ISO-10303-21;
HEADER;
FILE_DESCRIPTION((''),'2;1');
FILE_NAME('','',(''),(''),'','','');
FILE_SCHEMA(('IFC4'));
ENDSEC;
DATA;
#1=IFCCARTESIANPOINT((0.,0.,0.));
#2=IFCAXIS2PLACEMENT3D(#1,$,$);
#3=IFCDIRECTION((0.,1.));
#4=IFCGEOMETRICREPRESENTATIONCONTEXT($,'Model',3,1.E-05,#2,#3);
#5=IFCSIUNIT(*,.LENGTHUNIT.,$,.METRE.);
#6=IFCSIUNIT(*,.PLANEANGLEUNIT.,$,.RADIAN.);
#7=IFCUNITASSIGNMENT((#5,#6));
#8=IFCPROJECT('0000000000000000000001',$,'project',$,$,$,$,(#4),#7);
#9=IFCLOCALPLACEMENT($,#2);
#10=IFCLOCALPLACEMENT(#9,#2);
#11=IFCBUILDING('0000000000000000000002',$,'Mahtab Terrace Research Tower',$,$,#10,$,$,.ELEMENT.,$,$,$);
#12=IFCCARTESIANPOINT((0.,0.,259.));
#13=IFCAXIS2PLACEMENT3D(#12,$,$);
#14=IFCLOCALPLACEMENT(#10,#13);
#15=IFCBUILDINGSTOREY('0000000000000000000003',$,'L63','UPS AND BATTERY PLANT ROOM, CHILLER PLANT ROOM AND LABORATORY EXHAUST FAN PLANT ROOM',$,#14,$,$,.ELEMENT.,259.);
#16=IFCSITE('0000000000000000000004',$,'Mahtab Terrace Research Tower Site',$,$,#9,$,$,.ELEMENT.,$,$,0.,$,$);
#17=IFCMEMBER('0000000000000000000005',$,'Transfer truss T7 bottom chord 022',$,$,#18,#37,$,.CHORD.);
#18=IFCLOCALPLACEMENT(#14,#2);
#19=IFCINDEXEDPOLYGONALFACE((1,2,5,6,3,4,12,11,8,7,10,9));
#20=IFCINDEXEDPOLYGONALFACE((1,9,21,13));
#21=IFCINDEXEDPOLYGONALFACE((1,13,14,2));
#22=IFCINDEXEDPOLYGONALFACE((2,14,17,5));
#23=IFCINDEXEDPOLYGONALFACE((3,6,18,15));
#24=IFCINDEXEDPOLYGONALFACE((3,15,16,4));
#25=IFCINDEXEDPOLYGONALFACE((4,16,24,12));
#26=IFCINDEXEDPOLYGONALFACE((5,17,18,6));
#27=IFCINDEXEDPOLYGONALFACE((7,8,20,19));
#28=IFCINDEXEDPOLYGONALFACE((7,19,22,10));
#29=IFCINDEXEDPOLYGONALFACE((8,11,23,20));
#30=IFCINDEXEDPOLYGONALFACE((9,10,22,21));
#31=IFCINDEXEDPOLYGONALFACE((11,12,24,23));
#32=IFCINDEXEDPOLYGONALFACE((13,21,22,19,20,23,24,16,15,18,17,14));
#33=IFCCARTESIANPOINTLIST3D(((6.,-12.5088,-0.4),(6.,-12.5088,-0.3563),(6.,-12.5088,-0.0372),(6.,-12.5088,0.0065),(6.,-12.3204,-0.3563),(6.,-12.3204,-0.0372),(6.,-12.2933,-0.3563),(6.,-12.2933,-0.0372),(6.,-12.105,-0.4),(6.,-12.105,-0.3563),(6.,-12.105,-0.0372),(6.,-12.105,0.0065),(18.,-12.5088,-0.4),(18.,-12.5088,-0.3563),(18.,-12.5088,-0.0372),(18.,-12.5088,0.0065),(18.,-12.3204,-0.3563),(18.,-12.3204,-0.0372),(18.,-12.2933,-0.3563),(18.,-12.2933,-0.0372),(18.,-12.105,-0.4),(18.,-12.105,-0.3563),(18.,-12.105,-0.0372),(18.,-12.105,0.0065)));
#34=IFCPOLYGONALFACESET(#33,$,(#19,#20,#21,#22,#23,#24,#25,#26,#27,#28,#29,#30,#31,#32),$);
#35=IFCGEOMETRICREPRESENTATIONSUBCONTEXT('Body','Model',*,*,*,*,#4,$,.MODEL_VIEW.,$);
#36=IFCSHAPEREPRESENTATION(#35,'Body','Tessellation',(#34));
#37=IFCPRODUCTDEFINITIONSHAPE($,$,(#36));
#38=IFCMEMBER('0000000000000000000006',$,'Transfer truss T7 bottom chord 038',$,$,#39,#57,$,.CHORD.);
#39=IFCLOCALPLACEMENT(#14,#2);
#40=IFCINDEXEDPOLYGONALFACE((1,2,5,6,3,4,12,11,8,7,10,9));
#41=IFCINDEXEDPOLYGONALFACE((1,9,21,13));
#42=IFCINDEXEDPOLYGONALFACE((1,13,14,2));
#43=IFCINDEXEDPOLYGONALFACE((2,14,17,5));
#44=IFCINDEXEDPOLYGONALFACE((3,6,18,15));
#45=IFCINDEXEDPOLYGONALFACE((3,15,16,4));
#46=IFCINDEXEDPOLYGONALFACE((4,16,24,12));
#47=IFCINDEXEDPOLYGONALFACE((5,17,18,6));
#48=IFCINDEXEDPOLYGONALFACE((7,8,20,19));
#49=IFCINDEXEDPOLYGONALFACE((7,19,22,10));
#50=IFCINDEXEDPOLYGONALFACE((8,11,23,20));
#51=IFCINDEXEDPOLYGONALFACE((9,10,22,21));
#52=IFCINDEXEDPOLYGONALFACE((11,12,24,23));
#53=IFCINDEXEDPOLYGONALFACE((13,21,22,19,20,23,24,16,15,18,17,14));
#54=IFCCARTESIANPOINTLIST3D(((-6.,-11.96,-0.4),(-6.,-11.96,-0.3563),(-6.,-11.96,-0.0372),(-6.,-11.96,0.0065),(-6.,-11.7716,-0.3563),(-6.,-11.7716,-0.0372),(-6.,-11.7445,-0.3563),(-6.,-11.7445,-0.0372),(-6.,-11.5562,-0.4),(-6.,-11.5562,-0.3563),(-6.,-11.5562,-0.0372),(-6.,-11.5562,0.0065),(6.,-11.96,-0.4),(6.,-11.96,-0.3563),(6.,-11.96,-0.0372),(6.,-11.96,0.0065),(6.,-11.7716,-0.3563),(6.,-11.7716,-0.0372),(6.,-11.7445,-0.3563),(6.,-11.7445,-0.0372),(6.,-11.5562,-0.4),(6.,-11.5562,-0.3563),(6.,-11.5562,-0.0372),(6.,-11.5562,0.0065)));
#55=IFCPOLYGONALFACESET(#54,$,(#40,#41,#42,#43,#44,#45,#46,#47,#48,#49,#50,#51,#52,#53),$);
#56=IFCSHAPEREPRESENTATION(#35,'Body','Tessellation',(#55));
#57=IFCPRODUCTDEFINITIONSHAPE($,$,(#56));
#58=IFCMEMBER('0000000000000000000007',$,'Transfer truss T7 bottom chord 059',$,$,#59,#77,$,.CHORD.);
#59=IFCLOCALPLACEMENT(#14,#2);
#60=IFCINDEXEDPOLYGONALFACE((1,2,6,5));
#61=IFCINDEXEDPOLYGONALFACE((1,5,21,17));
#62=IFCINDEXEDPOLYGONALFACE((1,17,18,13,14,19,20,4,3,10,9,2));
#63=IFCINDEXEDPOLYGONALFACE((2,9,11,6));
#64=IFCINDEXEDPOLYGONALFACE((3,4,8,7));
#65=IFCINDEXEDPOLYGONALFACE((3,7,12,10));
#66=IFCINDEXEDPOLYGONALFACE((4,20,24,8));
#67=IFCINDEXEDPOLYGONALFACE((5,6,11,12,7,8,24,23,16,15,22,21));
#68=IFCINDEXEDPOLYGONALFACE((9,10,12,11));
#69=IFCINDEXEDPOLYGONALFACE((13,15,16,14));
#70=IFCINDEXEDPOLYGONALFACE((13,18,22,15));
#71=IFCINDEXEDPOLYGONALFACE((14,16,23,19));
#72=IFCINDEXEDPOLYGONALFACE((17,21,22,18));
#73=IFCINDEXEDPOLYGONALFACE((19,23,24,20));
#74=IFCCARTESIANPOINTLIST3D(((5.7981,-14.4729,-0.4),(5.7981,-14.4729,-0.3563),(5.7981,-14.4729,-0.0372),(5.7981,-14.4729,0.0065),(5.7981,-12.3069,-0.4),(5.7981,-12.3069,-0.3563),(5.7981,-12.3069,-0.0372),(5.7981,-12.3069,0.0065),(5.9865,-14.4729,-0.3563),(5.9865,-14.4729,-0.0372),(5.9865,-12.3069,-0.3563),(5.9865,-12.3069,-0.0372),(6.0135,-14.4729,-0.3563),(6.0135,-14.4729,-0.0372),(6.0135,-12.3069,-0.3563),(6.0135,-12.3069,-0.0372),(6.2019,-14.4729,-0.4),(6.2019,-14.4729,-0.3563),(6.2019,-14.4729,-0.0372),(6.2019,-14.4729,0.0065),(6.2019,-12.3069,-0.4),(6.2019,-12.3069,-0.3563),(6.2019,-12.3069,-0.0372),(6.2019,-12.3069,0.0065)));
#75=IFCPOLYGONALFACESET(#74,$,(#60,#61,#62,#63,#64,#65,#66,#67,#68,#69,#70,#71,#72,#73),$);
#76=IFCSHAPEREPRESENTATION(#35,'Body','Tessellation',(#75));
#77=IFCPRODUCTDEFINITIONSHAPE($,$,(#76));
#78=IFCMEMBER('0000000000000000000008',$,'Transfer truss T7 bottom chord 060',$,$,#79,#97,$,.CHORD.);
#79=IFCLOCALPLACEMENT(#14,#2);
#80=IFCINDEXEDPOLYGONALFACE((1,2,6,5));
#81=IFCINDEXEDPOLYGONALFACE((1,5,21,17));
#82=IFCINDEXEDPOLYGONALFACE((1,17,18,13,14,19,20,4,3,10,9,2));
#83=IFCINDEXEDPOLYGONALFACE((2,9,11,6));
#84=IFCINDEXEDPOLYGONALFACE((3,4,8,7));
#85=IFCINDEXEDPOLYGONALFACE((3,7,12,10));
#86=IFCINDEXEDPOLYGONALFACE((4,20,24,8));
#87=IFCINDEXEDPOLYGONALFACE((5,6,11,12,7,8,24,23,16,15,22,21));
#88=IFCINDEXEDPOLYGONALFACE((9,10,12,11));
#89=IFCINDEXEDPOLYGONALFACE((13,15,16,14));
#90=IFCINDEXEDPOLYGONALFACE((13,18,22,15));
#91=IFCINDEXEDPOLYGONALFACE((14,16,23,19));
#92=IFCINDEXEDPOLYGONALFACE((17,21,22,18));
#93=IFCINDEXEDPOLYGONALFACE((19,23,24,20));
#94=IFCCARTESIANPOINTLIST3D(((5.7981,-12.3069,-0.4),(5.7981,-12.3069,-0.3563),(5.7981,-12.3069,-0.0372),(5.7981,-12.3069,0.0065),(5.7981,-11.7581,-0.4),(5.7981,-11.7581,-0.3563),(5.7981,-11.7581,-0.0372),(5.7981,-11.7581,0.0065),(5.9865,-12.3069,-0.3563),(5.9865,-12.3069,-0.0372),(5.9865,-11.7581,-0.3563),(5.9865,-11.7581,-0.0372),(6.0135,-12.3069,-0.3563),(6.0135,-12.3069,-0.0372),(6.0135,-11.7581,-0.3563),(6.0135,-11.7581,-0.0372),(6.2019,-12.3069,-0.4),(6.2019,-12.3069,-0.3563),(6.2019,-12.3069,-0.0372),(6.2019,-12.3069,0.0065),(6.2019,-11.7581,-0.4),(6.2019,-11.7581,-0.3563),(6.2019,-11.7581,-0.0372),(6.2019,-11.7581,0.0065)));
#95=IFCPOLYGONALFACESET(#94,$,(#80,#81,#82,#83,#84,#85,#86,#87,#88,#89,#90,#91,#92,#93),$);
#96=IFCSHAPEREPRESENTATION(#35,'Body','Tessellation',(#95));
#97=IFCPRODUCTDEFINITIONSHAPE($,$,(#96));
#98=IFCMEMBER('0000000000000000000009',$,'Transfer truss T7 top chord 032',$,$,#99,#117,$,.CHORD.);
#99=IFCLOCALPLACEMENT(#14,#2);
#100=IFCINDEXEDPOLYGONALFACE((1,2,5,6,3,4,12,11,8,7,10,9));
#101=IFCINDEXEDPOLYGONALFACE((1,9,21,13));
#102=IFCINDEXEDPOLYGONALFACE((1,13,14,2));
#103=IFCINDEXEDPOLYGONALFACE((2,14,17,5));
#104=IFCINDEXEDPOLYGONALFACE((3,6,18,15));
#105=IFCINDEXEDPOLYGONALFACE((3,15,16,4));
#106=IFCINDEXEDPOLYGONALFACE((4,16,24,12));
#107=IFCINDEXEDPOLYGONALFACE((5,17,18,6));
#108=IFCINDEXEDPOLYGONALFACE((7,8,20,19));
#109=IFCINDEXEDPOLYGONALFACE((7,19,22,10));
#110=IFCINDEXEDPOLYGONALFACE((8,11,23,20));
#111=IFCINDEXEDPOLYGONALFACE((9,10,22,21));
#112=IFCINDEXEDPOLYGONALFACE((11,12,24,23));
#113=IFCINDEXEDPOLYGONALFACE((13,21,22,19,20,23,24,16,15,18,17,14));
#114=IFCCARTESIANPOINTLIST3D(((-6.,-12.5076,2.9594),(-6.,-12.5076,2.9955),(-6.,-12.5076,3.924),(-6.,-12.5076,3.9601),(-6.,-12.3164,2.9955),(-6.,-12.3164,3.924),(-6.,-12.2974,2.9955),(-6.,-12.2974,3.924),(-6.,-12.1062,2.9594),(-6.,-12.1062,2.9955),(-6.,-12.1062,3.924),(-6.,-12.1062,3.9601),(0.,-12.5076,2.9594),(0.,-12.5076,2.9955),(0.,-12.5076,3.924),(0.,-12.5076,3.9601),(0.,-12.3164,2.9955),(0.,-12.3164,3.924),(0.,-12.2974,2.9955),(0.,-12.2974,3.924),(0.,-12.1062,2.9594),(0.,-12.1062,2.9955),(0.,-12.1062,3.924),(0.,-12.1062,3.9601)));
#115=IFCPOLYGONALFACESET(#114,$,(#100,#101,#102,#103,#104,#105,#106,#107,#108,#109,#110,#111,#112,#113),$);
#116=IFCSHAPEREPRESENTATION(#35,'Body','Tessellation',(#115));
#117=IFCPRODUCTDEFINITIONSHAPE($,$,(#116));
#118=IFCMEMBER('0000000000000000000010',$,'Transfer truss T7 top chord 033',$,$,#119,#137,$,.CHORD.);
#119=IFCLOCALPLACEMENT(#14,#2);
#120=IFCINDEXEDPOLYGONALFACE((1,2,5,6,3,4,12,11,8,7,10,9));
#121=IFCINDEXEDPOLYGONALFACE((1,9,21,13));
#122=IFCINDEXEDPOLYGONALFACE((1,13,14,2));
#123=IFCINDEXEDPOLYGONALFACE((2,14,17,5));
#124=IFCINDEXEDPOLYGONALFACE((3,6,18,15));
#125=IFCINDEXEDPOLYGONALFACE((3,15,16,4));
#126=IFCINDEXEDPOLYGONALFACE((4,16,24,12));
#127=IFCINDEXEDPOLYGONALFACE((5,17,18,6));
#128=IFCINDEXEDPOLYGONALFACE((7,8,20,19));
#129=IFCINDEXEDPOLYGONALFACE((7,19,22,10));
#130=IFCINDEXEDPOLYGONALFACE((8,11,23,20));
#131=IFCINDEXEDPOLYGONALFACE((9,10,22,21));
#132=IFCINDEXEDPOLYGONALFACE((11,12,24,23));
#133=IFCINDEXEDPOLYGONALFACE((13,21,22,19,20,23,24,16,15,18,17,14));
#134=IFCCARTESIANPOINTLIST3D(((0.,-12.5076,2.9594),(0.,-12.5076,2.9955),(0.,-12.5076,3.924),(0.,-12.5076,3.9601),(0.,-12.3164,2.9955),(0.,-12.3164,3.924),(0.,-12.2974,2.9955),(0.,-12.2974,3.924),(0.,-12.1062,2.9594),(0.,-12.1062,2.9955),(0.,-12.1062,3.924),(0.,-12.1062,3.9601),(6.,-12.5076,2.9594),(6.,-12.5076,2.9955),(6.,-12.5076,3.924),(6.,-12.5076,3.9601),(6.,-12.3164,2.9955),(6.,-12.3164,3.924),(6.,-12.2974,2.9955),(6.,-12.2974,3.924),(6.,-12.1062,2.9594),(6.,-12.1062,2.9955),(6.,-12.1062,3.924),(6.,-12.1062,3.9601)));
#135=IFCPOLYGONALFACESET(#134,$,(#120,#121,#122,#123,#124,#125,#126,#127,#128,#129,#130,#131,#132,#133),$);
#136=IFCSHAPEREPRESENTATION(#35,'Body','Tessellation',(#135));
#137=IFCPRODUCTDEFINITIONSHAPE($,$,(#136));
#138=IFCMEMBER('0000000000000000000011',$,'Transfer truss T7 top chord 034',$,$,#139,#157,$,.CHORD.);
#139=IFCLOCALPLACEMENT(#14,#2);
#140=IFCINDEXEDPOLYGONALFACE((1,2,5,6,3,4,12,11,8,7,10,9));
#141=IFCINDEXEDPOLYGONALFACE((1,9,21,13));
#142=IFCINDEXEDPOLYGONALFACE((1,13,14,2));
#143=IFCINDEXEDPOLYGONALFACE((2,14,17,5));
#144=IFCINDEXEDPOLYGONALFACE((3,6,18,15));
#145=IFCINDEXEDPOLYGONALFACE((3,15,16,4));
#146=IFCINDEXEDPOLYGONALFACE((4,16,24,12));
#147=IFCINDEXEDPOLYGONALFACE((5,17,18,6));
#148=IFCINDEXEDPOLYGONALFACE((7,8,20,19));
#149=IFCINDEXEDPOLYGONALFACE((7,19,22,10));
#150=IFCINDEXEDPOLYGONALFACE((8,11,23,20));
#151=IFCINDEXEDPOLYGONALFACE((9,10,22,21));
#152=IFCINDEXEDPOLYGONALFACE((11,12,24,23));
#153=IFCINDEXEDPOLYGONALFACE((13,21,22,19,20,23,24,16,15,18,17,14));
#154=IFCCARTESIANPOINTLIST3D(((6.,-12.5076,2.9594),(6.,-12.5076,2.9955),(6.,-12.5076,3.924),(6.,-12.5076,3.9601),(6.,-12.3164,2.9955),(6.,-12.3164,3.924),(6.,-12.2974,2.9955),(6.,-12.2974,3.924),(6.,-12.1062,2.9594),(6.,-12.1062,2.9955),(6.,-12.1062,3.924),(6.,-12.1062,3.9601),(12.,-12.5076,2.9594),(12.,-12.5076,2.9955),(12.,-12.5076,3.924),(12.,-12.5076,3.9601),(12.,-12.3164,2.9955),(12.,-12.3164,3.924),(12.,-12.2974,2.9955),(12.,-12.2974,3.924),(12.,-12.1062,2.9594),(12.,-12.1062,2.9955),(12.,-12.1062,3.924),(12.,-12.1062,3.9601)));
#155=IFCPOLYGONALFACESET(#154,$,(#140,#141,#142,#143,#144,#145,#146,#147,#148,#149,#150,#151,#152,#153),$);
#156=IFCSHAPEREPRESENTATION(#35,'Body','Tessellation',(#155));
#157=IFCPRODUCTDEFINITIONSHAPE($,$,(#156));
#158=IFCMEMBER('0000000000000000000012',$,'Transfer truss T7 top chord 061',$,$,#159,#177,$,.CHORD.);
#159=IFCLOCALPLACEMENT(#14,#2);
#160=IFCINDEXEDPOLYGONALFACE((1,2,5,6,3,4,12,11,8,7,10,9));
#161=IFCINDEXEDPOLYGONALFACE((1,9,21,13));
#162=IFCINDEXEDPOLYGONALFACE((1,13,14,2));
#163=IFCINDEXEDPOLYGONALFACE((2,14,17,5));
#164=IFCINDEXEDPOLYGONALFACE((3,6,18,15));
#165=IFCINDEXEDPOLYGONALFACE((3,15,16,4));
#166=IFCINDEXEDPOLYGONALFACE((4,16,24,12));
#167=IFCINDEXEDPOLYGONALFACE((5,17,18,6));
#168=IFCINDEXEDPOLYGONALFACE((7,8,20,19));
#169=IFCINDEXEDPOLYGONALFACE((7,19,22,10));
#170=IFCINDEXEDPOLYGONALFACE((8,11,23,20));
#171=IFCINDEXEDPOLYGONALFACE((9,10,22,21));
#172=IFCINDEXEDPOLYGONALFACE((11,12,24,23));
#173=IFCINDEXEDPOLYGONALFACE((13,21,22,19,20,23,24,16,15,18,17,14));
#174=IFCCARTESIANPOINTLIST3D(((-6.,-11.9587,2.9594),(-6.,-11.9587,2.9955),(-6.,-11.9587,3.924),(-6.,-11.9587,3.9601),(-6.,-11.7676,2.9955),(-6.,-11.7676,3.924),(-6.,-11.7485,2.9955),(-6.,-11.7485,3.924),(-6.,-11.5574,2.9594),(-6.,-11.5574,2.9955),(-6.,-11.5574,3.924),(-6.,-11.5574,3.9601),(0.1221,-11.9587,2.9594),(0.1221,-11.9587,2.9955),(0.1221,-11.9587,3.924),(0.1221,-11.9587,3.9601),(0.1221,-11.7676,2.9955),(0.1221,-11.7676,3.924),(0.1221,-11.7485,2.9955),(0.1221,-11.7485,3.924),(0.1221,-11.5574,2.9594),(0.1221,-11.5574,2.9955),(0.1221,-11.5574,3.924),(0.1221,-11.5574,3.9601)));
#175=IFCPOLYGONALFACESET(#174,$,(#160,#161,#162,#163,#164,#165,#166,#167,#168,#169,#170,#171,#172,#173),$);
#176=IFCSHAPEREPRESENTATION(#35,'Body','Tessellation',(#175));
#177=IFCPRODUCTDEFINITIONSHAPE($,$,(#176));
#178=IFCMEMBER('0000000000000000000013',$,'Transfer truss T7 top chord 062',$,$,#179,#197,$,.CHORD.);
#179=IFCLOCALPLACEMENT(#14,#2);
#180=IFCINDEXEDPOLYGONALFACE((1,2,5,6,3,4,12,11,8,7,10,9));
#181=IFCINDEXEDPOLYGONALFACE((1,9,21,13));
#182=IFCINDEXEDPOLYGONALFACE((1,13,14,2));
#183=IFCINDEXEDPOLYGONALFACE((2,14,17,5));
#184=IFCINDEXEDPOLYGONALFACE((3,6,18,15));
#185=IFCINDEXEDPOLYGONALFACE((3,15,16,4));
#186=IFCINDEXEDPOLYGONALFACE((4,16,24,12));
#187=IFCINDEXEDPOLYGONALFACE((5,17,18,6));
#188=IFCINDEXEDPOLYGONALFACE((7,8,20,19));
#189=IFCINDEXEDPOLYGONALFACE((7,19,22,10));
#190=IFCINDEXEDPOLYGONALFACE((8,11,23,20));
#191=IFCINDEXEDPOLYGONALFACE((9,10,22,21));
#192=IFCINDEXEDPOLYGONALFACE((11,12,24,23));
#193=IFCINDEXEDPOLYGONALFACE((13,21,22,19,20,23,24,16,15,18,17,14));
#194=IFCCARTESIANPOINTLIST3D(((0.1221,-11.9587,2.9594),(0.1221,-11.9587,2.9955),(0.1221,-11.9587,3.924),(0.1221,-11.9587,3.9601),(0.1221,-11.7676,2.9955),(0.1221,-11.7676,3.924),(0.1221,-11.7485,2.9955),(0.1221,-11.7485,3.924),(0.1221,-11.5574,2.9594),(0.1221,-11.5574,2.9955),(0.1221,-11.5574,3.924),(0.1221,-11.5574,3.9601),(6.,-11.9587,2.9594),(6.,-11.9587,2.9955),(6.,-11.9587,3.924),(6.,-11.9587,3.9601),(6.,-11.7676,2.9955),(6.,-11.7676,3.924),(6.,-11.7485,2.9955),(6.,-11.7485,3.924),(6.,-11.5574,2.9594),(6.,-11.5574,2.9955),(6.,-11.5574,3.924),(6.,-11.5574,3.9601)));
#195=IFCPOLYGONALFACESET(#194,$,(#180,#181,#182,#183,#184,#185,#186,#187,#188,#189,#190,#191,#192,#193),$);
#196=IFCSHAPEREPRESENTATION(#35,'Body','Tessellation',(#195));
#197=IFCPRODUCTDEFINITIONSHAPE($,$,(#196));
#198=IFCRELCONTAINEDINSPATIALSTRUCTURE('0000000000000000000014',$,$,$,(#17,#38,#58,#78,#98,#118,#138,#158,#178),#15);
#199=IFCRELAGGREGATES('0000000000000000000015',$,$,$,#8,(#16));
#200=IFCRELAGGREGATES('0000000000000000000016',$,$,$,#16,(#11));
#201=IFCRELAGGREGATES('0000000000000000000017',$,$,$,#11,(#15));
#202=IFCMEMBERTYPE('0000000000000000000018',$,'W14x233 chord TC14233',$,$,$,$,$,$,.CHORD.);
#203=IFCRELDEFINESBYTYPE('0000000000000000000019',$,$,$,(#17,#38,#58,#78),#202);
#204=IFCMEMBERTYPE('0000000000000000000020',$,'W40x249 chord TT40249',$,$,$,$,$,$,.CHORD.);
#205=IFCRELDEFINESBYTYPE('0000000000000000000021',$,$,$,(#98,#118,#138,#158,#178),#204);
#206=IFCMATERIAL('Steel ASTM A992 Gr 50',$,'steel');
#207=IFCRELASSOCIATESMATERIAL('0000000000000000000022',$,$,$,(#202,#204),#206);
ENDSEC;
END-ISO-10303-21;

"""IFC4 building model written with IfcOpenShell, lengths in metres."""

from ifc_helpers import new_model, si_unit, direction, frame, origin, origin_2d, place, context, subcontext, project, spatial, i_section, extrude, material, material_profile, profile_set, type_object, element, save


model = new_model("IFC4")

# Units and contexts
model_context = context("Model", 3, precision=1e-05, world=origin(), true_north=direction((0.0, 1.0)))
body_context = subcontext(model_context, "Body", "Model", "MODEL_VIEW")
ifc_project = project(units=[si_unit("LENGTHUNIT", "METRE"), si_unit("PLANEANGLEUNIT", "RADIAN")], contexts=[model_context])

# Site, building, storey
site_placement = place(None, origin())
site = spatial("IfcSite", under=ifc_project, at=site_placement, Name="Mahtab Terrace Research Tower Site", CompositionType="ELEMENT", RefElevation=0.0)
building_placement = place(site_placement, origin())
building = spatial("IfcBuilding", under=site, at=building_placement, Name="Mahtab Terrace Research Tower", CompositionType="ELEMENT")
storey_placement = place(building_placement, frame((0.0, 0.0, 259.0)))
storey = spatial("IfcBuildingStorey", under=building, at=storey_placement, Name="L63", Description="UPS AND BATTERY PLANT ROOM, CHILLER PLANT ROOM AND LABORATORY EXHAUST FAN PLANT ROOM", CompositionType="ELEMENT", Elevation=259.0)

# Shared definitions
ifc_material_1 = material(Name="Steel ASTM A992 Gr 50", Category="steel")

# Members
ifc_material_profile_1 = material_profile(ifc_material_1, i_section(OverallWidth=0.4038, OverallDepth=0.4065, WebThickness=0.0271, FlangeThickness=0.0437, at=origin_2d()), Name="W14X233")
ifc_profile_set_1 = profile_set([ifc_material_profile_1], Name="Steel ASTM A992 Gr 50")
member_type_1 = type_object("IfcMemberType", Name="W14x233 chord TC14233", PredefinedType="CHORD", material=ifc_profile_set_1)
for number, where, z_axis, x_axis, name in (
    (1, (6.0, -12.3069, -0.1968), (1.0, 0.0, 0.0), (0.0, 1.0, 0.0), "Transfer truss T7 bottom chord 022"),
    (2, (-6.0, -11.7581, -0.1968), (1.0, 0.0, 0.0), (0.0, 1.0, 0.0), "Transfer truss T7 bottom chord 038"),
):
    element("IfcMember", number, at=place(storey_placement, frame(where, z_axis=z_axis, x_axis=x_axis)), inside=storey, type_object=member_type_1, Name=name, PredefinedType="CHORD", context=body_context, shape_type="SweptSolid", body=[
        extrude(i_section(OverallWidth=0.4038, OverallDepth=0.4065, WebThickness=0.0271, FlangeThickness=0.0437, at=origin_2d()), origin(), (0.0, 0.0, 1.0), 12.0),
    ])
member_1_placement = place(storey_placement, frame((6.0, -14.4729, -0.1968), z_axis=(0.0, 1.0, 0.0), x_axis=(-1.0, 0.0, 0.0)))
element("IfcMember", 3, at=member_1_placement, inside=storey, type_object=member_type_1, Name="Transfer truss T7 bottom chord 059", PredefinedType="CHORD", context=body_context, shape_type="SweptSolid", body=[
    extrude(i_section(OverallWidth=0.4038, OverallDepth=0.4065, WebThickness=0.0271, FlangeThickness=0.0437, at=origin_2d()), origin(), (0.0, 0.0, 1.0), 2.166),
])
member_2_placement = place(storey_placement, frame((6.0, -12.3069, -0.1968), z_axis=(0.0, 1.0, 0.0), x_axis=(-1.0, 0.0, 0.0)))
element("IfcMember", 4, at=member_2_placement, inside=storey, type_object=member_type_1, Name="Transfer truss T7 bottom chord 060", PredefinedType="CHORD", context=body_context, shape_type="SweptSolid", body=[
    extrude(i_section(OverallWidth=0.4038, OverallDepth=0.4065, WebThickness=0.0271, FlangeThickness=0.0437, at=origin_2d()), origin(), (0.0, 0.0, 1.0), 0.5488),
])
ifc_material_profile_2 = material_profile(ifc_material_1, i_section(OverallWidth=0.4014, OverallDepth=1.0007, WebThickness=0.019, FlangeThickness=0.0361, at=origin_2d()), Name="W40X249")
ifc_profile_set_2 = profile_set([ifc_material_profile_2], Name="Steel ASTM A992 Gr 50")
member_type_2 = type_object("IfcMemberType", Name="W40x249 chord TT40249", PredefinedType="CHORD", material=ifc_profile_set_2)
for number, where, z_axis, x_axis, name in (
    (5, (-6.0, -12.3069, 3.4597), (1.0, 0.0, 0.0), (0.0, 1.0, 0.0), "Transfer truss T7 top chord 032"),
    (6, (0.0, -12.3069, 3.4597), (1.0, 0.0, 0.0), (0.0, 1.0, 0.0), "Transfer truss T7 top chord 033"),
    (7, (6.0, -12.3069, 3.4597), (1.0, 0.0, 0.0), (0.0, 1.0, 0.0), "Transfer truss T7 top chord 034"),
):
    element("IfcMember", number, at=place(storey_placement, frame(where, z_axis=z_axis, x_axis=x_axis)), inside=storey, type_object=member_type_2, Name=name, PredefinedType="CHORD", context=body_context, shape_type="SweptSolid", body=[
        extrude(i_section(OverallWidth=0.4014, OverallDepth=1.0007, WebThickness=0.019, FlangeThickness=0.0361, at=origin_2d()), origin(), (0.0, 0.0, 1.0), 6.0),
    ])
member_3_placement = place(storey_placement, frame((-6.0, -11.7581, 3.4597), z_axis=(1.0, 0.0, 0.0), x_axis=(0.0, 1.0, 0.0)))
element("IfcMember", 8, at=member_3_placement, inside=storey, type_object=member_type_2, Name="Transfer truss T7 top chord 061", PredefinedType="CHORD", context=body_context, shape_type="SweptSolid", body=[
    extrude(i_section(OverallWidth=0.4014, OverallDepth=1.0007, WebThickness=0.019, FlangeThickness=0.0361, at=origin_2d()), origin(), (0.0, 0.0, 1.0), 6.1221),
])
member_4_placement = place(storey_placement, frame((0.1221, -11.7581, 3.4597), z_axis=(1.0, 0.0, 0.0), x_axis=(0.0, 1.0, 0.0)))
element("IfcMember", 9, at=member_4_placement, inside=storey, type_object=member_type_2, Name="Transfer truss T7 top chord 062", PredefinedType="CHORD", context=body_context, shape_type="SweptSolid", body=[
    extrude(i_section(OverallWidth=0.4014, OverallDepth=1.0007, WebThickness=0.019, FlangeThickness=0.0361, at=origin_2d()), origin(), (0.0, 0.0, 1.0), 5.8779),
])

save(model, "model.ifc")
